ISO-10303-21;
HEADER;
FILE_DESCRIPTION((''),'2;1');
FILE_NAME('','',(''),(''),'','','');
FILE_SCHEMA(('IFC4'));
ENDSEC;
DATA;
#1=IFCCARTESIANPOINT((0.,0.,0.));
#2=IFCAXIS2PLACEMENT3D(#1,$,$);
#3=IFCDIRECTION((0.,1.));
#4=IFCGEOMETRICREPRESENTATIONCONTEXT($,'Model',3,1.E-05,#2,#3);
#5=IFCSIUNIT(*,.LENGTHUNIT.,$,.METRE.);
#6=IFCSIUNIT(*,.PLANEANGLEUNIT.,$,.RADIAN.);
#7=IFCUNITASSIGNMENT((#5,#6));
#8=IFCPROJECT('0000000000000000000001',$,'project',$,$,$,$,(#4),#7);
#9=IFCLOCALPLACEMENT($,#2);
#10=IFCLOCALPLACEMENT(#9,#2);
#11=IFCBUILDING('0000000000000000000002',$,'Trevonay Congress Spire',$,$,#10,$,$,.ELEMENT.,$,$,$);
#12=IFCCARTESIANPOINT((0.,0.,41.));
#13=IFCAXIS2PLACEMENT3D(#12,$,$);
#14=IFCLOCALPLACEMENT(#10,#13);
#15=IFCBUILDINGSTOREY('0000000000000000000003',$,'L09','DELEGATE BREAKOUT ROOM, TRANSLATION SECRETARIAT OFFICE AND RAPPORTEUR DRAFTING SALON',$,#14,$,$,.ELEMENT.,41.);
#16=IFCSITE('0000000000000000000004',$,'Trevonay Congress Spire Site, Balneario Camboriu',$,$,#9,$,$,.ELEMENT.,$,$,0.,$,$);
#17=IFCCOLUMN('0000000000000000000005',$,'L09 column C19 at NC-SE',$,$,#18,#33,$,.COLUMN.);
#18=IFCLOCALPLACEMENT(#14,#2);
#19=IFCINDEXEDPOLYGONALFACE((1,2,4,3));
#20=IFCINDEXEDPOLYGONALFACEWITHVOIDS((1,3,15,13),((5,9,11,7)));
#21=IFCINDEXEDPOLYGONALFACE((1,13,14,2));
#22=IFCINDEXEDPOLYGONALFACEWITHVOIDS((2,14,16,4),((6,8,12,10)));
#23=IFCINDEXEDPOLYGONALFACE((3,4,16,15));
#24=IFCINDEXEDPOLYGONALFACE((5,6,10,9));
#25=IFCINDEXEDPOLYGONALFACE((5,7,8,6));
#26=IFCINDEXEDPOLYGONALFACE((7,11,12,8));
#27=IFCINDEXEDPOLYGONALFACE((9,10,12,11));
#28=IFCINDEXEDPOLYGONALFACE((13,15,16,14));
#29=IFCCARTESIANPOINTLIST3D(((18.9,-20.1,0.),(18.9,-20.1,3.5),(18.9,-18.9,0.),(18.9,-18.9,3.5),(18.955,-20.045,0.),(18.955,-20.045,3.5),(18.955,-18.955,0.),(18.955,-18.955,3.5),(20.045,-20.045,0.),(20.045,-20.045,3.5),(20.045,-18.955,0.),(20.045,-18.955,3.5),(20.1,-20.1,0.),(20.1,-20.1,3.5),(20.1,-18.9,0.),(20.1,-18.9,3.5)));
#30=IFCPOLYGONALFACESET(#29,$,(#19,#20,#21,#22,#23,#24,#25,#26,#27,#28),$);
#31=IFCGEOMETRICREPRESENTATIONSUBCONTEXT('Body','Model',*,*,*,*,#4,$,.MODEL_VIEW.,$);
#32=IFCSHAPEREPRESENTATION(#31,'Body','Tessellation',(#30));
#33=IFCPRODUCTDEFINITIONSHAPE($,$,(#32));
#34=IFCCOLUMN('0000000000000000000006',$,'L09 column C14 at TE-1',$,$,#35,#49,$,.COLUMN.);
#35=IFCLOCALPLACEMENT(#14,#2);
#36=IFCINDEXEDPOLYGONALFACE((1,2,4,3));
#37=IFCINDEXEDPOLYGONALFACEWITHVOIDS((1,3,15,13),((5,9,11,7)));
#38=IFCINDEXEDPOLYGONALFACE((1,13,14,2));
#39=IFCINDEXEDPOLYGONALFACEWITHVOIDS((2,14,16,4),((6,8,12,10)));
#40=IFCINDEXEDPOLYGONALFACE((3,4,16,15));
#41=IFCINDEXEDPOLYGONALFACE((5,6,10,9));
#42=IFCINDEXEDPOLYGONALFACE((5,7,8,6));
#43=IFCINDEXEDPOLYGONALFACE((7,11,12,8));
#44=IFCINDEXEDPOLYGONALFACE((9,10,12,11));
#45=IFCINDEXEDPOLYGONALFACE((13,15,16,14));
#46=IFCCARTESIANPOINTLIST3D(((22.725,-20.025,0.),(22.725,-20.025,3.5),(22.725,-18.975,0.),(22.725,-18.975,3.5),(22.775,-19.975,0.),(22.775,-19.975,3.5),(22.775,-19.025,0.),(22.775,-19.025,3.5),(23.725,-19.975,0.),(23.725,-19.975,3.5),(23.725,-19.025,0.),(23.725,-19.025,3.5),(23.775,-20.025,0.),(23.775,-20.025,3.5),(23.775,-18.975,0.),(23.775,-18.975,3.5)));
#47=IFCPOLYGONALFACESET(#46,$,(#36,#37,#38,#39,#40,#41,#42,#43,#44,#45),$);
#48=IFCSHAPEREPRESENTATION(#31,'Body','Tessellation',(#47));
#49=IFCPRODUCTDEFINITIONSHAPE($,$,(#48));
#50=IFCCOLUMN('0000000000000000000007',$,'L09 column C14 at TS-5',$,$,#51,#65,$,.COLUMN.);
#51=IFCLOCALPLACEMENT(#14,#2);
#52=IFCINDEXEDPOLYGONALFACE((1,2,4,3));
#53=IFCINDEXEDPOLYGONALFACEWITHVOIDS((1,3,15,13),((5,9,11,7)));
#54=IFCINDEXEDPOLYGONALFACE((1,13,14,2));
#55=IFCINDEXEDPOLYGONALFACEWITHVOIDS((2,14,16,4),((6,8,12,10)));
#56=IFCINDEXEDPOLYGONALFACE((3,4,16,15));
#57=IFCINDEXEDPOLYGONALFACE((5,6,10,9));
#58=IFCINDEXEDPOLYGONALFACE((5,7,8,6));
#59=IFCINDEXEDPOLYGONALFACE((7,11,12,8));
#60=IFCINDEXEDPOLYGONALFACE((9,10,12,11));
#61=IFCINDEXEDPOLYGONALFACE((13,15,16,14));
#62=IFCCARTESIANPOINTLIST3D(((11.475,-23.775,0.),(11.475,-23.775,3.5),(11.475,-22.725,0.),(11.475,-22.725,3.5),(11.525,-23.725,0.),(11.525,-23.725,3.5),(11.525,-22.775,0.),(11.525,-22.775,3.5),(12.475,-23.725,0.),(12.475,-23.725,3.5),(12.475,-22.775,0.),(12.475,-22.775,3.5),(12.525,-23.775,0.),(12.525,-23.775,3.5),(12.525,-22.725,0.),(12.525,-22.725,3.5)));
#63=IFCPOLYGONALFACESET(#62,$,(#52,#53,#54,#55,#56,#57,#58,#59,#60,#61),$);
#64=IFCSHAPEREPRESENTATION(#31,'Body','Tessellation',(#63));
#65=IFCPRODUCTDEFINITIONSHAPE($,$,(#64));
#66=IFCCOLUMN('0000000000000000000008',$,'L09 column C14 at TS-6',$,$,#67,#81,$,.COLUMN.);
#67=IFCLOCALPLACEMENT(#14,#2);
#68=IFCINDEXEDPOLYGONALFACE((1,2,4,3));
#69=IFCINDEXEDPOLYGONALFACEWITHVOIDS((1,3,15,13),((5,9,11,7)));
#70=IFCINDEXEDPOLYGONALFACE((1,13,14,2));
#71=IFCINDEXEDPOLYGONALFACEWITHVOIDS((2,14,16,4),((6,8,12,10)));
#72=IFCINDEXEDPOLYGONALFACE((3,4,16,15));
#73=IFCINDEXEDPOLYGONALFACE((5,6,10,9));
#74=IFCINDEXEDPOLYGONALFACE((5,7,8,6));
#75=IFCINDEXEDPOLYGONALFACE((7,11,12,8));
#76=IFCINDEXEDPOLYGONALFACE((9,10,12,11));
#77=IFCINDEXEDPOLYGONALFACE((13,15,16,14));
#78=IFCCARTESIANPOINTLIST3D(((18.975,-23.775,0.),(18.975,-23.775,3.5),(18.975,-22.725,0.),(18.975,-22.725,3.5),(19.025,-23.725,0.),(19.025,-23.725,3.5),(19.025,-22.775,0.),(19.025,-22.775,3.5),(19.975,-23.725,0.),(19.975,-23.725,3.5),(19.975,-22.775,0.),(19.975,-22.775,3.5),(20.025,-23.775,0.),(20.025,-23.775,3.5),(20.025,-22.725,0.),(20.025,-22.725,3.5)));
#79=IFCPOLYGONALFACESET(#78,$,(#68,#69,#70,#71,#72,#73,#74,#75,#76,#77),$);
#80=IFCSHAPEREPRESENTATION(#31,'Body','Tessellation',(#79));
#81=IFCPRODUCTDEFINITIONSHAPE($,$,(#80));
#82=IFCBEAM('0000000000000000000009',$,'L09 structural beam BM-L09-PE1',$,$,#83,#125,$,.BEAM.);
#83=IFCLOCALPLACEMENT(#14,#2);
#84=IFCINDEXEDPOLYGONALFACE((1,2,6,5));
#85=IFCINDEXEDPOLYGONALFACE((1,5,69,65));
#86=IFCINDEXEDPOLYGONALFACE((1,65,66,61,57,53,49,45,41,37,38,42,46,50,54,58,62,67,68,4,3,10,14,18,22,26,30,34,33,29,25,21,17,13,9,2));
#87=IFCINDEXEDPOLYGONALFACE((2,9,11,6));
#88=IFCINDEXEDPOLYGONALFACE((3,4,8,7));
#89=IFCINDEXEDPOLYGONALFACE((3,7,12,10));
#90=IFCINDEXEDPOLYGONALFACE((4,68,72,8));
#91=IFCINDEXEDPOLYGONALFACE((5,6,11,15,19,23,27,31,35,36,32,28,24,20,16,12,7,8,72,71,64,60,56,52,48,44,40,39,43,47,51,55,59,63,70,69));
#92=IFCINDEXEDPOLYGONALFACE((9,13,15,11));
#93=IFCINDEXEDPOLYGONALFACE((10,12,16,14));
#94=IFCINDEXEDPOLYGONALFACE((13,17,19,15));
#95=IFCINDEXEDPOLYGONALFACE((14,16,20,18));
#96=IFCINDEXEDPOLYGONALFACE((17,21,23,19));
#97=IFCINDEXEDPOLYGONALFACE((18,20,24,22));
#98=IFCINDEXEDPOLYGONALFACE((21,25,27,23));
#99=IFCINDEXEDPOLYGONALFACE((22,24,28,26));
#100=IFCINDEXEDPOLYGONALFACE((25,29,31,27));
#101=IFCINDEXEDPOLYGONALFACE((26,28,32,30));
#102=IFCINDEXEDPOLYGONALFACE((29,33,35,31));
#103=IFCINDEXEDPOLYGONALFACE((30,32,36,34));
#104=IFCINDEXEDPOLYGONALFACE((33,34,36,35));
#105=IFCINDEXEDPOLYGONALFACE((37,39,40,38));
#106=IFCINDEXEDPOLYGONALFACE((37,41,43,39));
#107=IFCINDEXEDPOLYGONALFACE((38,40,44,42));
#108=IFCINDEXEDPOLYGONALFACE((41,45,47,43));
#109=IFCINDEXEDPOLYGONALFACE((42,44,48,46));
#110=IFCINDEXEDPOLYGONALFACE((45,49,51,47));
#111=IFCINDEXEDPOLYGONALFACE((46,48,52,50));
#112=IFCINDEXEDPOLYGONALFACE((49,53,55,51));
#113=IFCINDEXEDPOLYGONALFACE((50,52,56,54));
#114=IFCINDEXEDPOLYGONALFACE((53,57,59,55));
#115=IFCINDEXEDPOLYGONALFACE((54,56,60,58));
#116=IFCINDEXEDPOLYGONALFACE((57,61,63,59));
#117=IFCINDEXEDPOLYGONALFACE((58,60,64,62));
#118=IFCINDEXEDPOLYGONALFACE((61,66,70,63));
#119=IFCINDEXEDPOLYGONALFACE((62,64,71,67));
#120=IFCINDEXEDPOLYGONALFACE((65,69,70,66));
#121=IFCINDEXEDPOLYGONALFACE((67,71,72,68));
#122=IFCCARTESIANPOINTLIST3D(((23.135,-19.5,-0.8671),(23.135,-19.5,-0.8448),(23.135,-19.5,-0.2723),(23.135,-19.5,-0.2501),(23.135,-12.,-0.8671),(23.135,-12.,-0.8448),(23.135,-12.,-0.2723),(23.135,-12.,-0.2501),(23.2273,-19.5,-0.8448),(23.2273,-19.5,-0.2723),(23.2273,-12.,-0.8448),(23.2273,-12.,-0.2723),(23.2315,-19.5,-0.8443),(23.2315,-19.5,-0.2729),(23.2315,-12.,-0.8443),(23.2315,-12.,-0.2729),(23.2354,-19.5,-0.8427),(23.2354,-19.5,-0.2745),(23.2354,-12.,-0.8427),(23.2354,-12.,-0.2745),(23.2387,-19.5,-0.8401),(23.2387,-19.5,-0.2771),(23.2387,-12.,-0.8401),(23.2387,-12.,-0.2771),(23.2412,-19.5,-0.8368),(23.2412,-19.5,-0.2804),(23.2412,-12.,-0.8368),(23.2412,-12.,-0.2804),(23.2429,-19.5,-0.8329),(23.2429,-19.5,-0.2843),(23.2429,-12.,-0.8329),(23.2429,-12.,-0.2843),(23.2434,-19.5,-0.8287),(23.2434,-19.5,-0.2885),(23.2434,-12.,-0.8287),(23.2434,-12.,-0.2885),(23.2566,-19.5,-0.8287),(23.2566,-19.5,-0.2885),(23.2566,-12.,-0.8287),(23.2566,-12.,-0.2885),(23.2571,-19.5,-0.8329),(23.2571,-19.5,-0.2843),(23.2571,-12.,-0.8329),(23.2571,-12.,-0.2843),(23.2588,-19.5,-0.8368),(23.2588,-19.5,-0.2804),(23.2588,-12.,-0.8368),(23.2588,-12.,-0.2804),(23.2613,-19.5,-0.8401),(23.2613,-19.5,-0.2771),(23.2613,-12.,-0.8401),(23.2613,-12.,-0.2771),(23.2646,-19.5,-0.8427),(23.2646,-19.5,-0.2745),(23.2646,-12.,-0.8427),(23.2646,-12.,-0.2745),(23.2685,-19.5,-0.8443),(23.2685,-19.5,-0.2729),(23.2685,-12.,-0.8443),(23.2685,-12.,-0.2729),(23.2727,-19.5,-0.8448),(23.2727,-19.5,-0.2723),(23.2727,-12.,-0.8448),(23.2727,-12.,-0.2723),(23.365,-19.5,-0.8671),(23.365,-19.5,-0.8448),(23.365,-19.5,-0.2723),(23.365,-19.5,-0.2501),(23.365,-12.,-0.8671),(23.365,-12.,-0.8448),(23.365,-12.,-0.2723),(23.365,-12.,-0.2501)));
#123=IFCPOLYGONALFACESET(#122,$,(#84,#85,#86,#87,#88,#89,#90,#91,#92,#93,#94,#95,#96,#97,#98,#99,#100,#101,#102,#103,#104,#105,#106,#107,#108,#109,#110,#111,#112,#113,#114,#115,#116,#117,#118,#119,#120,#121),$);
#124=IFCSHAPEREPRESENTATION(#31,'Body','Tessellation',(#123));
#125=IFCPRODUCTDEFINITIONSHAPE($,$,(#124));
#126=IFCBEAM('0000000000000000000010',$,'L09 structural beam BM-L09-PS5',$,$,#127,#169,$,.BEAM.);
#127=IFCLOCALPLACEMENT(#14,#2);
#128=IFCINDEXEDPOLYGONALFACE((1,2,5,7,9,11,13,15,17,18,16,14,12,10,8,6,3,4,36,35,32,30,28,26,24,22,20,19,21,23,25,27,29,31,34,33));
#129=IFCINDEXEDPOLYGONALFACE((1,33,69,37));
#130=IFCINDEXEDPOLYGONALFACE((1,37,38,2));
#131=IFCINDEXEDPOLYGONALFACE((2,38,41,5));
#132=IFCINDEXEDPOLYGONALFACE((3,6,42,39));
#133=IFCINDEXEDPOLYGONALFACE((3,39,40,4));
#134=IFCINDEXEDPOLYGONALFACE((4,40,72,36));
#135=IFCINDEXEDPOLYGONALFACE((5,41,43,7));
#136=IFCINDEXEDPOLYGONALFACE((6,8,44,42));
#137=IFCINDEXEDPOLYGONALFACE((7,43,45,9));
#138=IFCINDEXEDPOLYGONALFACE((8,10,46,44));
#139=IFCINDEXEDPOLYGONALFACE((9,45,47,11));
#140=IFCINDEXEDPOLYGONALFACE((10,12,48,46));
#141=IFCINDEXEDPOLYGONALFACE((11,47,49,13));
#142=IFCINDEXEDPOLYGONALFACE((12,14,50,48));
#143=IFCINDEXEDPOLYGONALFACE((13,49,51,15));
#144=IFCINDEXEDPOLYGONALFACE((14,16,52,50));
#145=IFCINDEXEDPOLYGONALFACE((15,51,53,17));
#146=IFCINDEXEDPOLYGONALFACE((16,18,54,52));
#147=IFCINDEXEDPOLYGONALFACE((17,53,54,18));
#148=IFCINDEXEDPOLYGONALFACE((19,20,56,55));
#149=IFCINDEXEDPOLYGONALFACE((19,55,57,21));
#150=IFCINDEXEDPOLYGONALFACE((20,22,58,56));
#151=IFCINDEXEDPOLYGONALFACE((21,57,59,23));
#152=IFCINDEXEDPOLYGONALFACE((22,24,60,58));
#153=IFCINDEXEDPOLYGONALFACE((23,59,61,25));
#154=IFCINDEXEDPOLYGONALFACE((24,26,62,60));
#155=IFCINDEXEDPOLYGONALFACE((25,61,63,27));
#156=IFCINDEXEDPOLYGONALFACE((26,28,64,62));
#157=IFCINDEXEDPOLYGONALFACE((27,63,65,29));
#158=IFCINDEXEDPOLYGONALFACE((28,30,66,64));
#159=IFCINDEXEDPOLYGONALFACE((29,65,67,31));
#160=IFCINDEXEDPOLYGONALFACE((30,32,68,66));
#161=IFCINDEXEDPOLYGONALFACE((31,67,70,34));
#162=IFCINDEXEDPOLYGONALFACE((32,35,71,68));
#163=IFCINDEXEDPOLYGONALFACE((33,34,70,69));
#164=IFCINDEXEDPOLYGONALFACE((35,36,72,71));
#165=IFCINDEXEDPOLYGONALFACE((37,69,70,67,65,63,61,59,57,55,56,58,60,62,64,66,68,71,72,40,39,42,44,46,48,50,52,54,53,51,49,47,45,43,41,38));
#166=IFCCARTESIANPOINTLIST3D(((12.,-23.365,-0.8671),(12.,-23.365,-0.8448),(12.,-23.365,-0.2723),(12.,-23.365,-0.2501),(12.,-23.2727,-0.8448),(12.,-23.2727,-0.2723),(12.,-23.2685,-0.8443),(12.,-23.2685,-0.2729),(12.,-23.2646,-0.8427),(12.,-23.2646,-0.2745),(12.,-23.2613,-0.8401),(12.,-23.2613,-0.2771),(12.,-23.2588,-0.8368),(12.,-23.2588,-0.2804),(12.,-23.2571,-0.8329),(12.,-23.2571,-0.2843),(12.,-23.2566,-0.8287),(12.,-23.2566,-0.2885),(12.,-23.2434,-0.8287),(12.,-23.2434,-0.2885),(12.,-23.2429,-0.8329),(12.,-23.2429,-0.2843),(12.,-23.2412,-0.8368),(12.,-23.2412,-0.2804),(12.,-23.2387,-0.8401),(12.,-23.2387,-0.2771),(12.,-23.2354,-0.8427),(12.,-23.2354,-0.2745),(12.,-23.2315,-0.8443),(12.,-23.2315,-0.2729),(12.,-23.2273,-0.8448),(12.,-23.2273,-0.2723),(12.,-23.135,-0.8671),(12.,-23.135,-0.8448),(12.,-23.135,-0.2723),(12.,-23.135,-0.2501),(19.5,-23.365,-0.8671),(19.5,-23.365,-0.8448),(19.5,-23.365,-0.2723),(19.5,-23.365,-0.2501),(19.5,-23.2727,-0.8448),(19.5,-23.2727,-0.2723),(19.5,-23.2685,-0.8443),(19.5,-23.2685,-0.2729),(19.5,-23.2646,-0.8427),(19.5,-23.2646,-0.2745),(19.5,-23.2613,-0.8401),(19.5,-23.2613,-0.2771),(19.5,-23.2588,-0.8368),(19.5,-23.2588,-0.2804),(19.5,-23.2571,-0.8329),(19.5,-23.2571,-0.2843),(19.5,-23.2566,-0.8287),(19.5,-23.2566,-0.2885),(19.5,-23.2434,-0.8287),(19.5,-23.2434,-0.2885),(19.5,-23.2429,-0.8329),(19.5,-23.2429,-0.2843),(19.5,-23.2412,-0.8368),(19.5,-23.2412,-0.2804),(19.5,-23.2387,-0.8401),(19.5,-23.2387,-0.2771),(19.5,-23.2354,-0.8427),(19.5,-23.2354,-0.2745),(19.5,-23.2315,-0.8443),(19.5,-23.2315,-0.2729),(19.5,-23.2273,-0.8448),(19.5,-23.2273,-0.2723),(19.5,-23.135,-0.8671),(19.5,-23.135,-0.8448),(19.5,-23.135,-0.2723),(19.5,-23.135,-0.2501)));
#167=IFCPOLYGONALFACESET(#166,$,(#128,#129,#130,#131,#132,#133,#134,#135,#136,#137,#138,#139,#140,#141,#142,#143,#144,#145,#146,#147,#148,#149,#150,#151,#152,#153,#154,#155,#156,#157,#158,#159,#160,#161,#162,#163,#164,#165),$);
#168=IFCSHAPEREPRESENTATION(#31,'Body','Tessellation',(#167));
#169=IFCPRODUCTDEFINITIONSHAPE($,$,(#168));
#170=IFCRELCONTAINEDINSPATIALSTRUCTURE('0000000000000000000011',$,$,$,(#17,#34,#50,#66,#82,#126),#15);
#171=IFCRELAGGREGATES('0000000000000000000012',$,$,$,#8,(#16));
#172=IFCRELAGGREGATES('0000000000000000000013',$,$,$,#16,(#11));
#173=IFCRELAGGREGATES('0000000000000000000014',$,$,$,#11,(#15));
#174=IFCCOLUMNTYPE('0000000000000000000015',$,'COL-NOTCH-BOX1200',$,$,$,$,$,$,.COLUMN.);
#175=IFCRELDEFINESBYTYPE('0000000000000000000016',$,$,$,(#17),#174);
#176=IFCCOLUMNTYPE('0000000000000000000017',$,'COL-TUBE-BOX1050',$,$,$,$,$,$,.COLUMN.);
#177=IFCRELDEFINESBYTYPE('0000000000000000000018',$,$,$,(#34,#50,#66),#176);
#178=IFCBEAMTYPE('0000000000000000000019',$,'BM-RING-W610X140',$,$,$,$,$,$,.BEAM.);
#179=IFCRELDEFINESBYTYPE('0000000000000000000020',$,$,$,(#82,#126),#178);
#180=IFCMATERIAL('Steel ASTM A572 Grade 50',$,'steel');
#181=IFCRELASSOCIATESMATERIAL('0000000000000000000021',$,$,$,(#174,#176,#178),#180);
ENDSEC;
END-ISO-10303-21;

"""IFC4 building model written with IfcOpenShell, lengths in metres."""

from ifc_helpers import new_model, si_unit, direction, frame, origin, origin_2d, place, context, subcontext, project, spatial, hollow_rectangle, i_section, extrude, material, material_profile, profile_set, type_object, element, save


model = new_model("IFC4")

# Units and contexts
model_context = context("Model", 3, precision=1e-05, world=origin(), true_north=direction((0.0, 1.0)))
body_context = subcontext(model_context, "Body", "Model", "MODEL_VIEW")
ifc_project = project(units=[si_unit("LENGTHUNIT", "METRE"), si_unit("PLANEANGLEUNIT", "RADIAN")], contexts=[model_context])

# Site, building, storey
site_placement = place(None, origin())
site = spatial("IfcSite", under=ifc_project, at=site_placement, Name="Trevonay Congress Spire Site, Balneario Camboriu", CompositionType="ELEMENT", RefElevation=0.0)
building_placement = place(site_placement, origin())
building = spatial("IfcBuilding", under=site, at=building_placement, Name="Trevonay Congress Spire", CompositionType="ELEMENT")
storey_placement = place(building_placement, frame((0.0, 0.0, 41.0)))
storey = spatial("IfcBuildingStorey", under=building, at=storey_placement, Name="L09", Description="DELEGATE BREAKOUT ROOM, TRANSLATION SECRETARIAT OFFICE AND RAPPORTEUR DRAFTING SALON", CompositionType="ELEMENT", Elevation=41.0)

# Columns
ifc_material_1 = material(Name="Steel ASTM A572 Grade 50", Category="steel")
ifc_material_profile_1 = material_profile(ifc_material_1, hollow_rectangle(XDim=1.2, YDim=1.2, WallThickness=0.0549, at=origin_2d()), Name="BOX 1200x1200x55")
ifc_profile_set_1 = profile_set([ifc_material_profile_1], Name="Steel ASTM A572 Grade 50")
column_type_1 = type_object("IfcColumnType", Name="COL-NOTCH-BOX1200", PredefinedType="COLUMN", material=ifc_profile_set_1)
column_placement = place(storey_placement, frame((19.5, -19.5, 0.0), z_axis=(0.0, 0.0, 1.0), x_axis=(1.0, 0.0, 0.0)))
element("IfcColumn", 1, at=column_placement, inside=storey, type_object=column_type_1, Name="L09 column C19 at NC-SE", PredefinedType="COLUMN", context=body_context, shape_type="SweptSolid", body=[
    extrude(hollow_rectangle(XDim=1.2, YDim=1.2, WallThickness=0.0549, at=origin_2d()), origin(), (0.0, 0.0, 1.0), 3.5),
])
ifc_material_profile_2 = material_profile(ifc_material_1, hollow_rectangle(XDim=1.05, YDim=1.05, WallThickness=0.05, at=origin_2d()), Name="BOX 1050x1050x50")
ifc_profile_set_2 = profile_set([ifc_material_profile_2], Name="Steel ASTM A572 Grade 50")
column_type_2 = type_object("IfcColumnType", Name="COL-TUBE-BOX1050", PredefinedType="COLUMN", material=ifc_profile_set_2)
for number, where, z_axis, x_axis, name in (
    (2, (23.25, -19.5, 0.0), (0.0, 0.0, 1.0), (1.0, 0.0, 0.0), "L09 column C14 at TE-1"),
    (3, (12.0, -23.25, 0.0), (0.0, 0.0, 1.0), (1.0, 0.0, 0.0), "L09 column C14 at TS-5"),
    (4, (19.5, -23.25, 0.0), (0.0, 0.0, 1.0), (1.0, 0.0, 0.0), "L09 column C14 at TS-6"),
):
    element("IfcColumn", number, at=place(storey_placement, frame(where, z_axis=z_axis, x_axis=x_axis)), inside=storey, type_object=column_type_2, Name=name, PredefinedType="COLUMN", context=body_context, shape_type="SweptSolid", body=[
        extrude(hollow_rectangle(XDim=1.05, YDim=1.05, WallThickness=0.05, at=origin_2d()), origin(), (0.0, 0.0, 1.0), 3.5),
    ])

# Beams
ifc_material_profile_3 = material_profile(ifc_material_1, i_section(OverallWidth=0.23, OverallDepth=0.6169, WebThickness=0.0132, FlangeThickness=0.0222, FilletRadius=0.0161, at=origin_2d()), Name="W610x140")
ifc_profile_set_3 = profile_set([ifc_material_profile_3], Name="Steel ASTM A572 Grade 50")
beam_type_1 = type_object("IfcBeamType", Name="BM-RING-W610X140", PredefinedType="BEAM", material=ifc_profile_set_3)
for number, where, z_axis, x_axis, name in (
    (5, (23.25, -19.5, -0.5586), (0.0, 1.0, 0.0), (-1.0, 0.0, 0.0), "L09 structural beam BM-L09-PE1"),
    (6, (12.0, -23.25, -0.5586), (1.0, 0.0, 0.0), (0.0, 1.0, 0.0), "L09 structural beam BM-L09-PS5"),
):
    element("IfcBeam", number, at=place(storey_placement, frame(where, z_axis=z_axis, x_axis=x_axis)), inside=storey, type_object=beam_type_1, Name=name, PredefinedType="BEAM", context=body_context, shape_type="SweptSolid", body=[
        extrude(i_section(OverallWidth=0.23, OverallDepth=0.6169, WebThickness=0.0132, FlangeThickness=0.0222, FilletRadius=0.0161, at=origin_2d()), origin(), (0.0, 0.0, 1.0), 7.5),
    ])

save(model, "model.ifc")
